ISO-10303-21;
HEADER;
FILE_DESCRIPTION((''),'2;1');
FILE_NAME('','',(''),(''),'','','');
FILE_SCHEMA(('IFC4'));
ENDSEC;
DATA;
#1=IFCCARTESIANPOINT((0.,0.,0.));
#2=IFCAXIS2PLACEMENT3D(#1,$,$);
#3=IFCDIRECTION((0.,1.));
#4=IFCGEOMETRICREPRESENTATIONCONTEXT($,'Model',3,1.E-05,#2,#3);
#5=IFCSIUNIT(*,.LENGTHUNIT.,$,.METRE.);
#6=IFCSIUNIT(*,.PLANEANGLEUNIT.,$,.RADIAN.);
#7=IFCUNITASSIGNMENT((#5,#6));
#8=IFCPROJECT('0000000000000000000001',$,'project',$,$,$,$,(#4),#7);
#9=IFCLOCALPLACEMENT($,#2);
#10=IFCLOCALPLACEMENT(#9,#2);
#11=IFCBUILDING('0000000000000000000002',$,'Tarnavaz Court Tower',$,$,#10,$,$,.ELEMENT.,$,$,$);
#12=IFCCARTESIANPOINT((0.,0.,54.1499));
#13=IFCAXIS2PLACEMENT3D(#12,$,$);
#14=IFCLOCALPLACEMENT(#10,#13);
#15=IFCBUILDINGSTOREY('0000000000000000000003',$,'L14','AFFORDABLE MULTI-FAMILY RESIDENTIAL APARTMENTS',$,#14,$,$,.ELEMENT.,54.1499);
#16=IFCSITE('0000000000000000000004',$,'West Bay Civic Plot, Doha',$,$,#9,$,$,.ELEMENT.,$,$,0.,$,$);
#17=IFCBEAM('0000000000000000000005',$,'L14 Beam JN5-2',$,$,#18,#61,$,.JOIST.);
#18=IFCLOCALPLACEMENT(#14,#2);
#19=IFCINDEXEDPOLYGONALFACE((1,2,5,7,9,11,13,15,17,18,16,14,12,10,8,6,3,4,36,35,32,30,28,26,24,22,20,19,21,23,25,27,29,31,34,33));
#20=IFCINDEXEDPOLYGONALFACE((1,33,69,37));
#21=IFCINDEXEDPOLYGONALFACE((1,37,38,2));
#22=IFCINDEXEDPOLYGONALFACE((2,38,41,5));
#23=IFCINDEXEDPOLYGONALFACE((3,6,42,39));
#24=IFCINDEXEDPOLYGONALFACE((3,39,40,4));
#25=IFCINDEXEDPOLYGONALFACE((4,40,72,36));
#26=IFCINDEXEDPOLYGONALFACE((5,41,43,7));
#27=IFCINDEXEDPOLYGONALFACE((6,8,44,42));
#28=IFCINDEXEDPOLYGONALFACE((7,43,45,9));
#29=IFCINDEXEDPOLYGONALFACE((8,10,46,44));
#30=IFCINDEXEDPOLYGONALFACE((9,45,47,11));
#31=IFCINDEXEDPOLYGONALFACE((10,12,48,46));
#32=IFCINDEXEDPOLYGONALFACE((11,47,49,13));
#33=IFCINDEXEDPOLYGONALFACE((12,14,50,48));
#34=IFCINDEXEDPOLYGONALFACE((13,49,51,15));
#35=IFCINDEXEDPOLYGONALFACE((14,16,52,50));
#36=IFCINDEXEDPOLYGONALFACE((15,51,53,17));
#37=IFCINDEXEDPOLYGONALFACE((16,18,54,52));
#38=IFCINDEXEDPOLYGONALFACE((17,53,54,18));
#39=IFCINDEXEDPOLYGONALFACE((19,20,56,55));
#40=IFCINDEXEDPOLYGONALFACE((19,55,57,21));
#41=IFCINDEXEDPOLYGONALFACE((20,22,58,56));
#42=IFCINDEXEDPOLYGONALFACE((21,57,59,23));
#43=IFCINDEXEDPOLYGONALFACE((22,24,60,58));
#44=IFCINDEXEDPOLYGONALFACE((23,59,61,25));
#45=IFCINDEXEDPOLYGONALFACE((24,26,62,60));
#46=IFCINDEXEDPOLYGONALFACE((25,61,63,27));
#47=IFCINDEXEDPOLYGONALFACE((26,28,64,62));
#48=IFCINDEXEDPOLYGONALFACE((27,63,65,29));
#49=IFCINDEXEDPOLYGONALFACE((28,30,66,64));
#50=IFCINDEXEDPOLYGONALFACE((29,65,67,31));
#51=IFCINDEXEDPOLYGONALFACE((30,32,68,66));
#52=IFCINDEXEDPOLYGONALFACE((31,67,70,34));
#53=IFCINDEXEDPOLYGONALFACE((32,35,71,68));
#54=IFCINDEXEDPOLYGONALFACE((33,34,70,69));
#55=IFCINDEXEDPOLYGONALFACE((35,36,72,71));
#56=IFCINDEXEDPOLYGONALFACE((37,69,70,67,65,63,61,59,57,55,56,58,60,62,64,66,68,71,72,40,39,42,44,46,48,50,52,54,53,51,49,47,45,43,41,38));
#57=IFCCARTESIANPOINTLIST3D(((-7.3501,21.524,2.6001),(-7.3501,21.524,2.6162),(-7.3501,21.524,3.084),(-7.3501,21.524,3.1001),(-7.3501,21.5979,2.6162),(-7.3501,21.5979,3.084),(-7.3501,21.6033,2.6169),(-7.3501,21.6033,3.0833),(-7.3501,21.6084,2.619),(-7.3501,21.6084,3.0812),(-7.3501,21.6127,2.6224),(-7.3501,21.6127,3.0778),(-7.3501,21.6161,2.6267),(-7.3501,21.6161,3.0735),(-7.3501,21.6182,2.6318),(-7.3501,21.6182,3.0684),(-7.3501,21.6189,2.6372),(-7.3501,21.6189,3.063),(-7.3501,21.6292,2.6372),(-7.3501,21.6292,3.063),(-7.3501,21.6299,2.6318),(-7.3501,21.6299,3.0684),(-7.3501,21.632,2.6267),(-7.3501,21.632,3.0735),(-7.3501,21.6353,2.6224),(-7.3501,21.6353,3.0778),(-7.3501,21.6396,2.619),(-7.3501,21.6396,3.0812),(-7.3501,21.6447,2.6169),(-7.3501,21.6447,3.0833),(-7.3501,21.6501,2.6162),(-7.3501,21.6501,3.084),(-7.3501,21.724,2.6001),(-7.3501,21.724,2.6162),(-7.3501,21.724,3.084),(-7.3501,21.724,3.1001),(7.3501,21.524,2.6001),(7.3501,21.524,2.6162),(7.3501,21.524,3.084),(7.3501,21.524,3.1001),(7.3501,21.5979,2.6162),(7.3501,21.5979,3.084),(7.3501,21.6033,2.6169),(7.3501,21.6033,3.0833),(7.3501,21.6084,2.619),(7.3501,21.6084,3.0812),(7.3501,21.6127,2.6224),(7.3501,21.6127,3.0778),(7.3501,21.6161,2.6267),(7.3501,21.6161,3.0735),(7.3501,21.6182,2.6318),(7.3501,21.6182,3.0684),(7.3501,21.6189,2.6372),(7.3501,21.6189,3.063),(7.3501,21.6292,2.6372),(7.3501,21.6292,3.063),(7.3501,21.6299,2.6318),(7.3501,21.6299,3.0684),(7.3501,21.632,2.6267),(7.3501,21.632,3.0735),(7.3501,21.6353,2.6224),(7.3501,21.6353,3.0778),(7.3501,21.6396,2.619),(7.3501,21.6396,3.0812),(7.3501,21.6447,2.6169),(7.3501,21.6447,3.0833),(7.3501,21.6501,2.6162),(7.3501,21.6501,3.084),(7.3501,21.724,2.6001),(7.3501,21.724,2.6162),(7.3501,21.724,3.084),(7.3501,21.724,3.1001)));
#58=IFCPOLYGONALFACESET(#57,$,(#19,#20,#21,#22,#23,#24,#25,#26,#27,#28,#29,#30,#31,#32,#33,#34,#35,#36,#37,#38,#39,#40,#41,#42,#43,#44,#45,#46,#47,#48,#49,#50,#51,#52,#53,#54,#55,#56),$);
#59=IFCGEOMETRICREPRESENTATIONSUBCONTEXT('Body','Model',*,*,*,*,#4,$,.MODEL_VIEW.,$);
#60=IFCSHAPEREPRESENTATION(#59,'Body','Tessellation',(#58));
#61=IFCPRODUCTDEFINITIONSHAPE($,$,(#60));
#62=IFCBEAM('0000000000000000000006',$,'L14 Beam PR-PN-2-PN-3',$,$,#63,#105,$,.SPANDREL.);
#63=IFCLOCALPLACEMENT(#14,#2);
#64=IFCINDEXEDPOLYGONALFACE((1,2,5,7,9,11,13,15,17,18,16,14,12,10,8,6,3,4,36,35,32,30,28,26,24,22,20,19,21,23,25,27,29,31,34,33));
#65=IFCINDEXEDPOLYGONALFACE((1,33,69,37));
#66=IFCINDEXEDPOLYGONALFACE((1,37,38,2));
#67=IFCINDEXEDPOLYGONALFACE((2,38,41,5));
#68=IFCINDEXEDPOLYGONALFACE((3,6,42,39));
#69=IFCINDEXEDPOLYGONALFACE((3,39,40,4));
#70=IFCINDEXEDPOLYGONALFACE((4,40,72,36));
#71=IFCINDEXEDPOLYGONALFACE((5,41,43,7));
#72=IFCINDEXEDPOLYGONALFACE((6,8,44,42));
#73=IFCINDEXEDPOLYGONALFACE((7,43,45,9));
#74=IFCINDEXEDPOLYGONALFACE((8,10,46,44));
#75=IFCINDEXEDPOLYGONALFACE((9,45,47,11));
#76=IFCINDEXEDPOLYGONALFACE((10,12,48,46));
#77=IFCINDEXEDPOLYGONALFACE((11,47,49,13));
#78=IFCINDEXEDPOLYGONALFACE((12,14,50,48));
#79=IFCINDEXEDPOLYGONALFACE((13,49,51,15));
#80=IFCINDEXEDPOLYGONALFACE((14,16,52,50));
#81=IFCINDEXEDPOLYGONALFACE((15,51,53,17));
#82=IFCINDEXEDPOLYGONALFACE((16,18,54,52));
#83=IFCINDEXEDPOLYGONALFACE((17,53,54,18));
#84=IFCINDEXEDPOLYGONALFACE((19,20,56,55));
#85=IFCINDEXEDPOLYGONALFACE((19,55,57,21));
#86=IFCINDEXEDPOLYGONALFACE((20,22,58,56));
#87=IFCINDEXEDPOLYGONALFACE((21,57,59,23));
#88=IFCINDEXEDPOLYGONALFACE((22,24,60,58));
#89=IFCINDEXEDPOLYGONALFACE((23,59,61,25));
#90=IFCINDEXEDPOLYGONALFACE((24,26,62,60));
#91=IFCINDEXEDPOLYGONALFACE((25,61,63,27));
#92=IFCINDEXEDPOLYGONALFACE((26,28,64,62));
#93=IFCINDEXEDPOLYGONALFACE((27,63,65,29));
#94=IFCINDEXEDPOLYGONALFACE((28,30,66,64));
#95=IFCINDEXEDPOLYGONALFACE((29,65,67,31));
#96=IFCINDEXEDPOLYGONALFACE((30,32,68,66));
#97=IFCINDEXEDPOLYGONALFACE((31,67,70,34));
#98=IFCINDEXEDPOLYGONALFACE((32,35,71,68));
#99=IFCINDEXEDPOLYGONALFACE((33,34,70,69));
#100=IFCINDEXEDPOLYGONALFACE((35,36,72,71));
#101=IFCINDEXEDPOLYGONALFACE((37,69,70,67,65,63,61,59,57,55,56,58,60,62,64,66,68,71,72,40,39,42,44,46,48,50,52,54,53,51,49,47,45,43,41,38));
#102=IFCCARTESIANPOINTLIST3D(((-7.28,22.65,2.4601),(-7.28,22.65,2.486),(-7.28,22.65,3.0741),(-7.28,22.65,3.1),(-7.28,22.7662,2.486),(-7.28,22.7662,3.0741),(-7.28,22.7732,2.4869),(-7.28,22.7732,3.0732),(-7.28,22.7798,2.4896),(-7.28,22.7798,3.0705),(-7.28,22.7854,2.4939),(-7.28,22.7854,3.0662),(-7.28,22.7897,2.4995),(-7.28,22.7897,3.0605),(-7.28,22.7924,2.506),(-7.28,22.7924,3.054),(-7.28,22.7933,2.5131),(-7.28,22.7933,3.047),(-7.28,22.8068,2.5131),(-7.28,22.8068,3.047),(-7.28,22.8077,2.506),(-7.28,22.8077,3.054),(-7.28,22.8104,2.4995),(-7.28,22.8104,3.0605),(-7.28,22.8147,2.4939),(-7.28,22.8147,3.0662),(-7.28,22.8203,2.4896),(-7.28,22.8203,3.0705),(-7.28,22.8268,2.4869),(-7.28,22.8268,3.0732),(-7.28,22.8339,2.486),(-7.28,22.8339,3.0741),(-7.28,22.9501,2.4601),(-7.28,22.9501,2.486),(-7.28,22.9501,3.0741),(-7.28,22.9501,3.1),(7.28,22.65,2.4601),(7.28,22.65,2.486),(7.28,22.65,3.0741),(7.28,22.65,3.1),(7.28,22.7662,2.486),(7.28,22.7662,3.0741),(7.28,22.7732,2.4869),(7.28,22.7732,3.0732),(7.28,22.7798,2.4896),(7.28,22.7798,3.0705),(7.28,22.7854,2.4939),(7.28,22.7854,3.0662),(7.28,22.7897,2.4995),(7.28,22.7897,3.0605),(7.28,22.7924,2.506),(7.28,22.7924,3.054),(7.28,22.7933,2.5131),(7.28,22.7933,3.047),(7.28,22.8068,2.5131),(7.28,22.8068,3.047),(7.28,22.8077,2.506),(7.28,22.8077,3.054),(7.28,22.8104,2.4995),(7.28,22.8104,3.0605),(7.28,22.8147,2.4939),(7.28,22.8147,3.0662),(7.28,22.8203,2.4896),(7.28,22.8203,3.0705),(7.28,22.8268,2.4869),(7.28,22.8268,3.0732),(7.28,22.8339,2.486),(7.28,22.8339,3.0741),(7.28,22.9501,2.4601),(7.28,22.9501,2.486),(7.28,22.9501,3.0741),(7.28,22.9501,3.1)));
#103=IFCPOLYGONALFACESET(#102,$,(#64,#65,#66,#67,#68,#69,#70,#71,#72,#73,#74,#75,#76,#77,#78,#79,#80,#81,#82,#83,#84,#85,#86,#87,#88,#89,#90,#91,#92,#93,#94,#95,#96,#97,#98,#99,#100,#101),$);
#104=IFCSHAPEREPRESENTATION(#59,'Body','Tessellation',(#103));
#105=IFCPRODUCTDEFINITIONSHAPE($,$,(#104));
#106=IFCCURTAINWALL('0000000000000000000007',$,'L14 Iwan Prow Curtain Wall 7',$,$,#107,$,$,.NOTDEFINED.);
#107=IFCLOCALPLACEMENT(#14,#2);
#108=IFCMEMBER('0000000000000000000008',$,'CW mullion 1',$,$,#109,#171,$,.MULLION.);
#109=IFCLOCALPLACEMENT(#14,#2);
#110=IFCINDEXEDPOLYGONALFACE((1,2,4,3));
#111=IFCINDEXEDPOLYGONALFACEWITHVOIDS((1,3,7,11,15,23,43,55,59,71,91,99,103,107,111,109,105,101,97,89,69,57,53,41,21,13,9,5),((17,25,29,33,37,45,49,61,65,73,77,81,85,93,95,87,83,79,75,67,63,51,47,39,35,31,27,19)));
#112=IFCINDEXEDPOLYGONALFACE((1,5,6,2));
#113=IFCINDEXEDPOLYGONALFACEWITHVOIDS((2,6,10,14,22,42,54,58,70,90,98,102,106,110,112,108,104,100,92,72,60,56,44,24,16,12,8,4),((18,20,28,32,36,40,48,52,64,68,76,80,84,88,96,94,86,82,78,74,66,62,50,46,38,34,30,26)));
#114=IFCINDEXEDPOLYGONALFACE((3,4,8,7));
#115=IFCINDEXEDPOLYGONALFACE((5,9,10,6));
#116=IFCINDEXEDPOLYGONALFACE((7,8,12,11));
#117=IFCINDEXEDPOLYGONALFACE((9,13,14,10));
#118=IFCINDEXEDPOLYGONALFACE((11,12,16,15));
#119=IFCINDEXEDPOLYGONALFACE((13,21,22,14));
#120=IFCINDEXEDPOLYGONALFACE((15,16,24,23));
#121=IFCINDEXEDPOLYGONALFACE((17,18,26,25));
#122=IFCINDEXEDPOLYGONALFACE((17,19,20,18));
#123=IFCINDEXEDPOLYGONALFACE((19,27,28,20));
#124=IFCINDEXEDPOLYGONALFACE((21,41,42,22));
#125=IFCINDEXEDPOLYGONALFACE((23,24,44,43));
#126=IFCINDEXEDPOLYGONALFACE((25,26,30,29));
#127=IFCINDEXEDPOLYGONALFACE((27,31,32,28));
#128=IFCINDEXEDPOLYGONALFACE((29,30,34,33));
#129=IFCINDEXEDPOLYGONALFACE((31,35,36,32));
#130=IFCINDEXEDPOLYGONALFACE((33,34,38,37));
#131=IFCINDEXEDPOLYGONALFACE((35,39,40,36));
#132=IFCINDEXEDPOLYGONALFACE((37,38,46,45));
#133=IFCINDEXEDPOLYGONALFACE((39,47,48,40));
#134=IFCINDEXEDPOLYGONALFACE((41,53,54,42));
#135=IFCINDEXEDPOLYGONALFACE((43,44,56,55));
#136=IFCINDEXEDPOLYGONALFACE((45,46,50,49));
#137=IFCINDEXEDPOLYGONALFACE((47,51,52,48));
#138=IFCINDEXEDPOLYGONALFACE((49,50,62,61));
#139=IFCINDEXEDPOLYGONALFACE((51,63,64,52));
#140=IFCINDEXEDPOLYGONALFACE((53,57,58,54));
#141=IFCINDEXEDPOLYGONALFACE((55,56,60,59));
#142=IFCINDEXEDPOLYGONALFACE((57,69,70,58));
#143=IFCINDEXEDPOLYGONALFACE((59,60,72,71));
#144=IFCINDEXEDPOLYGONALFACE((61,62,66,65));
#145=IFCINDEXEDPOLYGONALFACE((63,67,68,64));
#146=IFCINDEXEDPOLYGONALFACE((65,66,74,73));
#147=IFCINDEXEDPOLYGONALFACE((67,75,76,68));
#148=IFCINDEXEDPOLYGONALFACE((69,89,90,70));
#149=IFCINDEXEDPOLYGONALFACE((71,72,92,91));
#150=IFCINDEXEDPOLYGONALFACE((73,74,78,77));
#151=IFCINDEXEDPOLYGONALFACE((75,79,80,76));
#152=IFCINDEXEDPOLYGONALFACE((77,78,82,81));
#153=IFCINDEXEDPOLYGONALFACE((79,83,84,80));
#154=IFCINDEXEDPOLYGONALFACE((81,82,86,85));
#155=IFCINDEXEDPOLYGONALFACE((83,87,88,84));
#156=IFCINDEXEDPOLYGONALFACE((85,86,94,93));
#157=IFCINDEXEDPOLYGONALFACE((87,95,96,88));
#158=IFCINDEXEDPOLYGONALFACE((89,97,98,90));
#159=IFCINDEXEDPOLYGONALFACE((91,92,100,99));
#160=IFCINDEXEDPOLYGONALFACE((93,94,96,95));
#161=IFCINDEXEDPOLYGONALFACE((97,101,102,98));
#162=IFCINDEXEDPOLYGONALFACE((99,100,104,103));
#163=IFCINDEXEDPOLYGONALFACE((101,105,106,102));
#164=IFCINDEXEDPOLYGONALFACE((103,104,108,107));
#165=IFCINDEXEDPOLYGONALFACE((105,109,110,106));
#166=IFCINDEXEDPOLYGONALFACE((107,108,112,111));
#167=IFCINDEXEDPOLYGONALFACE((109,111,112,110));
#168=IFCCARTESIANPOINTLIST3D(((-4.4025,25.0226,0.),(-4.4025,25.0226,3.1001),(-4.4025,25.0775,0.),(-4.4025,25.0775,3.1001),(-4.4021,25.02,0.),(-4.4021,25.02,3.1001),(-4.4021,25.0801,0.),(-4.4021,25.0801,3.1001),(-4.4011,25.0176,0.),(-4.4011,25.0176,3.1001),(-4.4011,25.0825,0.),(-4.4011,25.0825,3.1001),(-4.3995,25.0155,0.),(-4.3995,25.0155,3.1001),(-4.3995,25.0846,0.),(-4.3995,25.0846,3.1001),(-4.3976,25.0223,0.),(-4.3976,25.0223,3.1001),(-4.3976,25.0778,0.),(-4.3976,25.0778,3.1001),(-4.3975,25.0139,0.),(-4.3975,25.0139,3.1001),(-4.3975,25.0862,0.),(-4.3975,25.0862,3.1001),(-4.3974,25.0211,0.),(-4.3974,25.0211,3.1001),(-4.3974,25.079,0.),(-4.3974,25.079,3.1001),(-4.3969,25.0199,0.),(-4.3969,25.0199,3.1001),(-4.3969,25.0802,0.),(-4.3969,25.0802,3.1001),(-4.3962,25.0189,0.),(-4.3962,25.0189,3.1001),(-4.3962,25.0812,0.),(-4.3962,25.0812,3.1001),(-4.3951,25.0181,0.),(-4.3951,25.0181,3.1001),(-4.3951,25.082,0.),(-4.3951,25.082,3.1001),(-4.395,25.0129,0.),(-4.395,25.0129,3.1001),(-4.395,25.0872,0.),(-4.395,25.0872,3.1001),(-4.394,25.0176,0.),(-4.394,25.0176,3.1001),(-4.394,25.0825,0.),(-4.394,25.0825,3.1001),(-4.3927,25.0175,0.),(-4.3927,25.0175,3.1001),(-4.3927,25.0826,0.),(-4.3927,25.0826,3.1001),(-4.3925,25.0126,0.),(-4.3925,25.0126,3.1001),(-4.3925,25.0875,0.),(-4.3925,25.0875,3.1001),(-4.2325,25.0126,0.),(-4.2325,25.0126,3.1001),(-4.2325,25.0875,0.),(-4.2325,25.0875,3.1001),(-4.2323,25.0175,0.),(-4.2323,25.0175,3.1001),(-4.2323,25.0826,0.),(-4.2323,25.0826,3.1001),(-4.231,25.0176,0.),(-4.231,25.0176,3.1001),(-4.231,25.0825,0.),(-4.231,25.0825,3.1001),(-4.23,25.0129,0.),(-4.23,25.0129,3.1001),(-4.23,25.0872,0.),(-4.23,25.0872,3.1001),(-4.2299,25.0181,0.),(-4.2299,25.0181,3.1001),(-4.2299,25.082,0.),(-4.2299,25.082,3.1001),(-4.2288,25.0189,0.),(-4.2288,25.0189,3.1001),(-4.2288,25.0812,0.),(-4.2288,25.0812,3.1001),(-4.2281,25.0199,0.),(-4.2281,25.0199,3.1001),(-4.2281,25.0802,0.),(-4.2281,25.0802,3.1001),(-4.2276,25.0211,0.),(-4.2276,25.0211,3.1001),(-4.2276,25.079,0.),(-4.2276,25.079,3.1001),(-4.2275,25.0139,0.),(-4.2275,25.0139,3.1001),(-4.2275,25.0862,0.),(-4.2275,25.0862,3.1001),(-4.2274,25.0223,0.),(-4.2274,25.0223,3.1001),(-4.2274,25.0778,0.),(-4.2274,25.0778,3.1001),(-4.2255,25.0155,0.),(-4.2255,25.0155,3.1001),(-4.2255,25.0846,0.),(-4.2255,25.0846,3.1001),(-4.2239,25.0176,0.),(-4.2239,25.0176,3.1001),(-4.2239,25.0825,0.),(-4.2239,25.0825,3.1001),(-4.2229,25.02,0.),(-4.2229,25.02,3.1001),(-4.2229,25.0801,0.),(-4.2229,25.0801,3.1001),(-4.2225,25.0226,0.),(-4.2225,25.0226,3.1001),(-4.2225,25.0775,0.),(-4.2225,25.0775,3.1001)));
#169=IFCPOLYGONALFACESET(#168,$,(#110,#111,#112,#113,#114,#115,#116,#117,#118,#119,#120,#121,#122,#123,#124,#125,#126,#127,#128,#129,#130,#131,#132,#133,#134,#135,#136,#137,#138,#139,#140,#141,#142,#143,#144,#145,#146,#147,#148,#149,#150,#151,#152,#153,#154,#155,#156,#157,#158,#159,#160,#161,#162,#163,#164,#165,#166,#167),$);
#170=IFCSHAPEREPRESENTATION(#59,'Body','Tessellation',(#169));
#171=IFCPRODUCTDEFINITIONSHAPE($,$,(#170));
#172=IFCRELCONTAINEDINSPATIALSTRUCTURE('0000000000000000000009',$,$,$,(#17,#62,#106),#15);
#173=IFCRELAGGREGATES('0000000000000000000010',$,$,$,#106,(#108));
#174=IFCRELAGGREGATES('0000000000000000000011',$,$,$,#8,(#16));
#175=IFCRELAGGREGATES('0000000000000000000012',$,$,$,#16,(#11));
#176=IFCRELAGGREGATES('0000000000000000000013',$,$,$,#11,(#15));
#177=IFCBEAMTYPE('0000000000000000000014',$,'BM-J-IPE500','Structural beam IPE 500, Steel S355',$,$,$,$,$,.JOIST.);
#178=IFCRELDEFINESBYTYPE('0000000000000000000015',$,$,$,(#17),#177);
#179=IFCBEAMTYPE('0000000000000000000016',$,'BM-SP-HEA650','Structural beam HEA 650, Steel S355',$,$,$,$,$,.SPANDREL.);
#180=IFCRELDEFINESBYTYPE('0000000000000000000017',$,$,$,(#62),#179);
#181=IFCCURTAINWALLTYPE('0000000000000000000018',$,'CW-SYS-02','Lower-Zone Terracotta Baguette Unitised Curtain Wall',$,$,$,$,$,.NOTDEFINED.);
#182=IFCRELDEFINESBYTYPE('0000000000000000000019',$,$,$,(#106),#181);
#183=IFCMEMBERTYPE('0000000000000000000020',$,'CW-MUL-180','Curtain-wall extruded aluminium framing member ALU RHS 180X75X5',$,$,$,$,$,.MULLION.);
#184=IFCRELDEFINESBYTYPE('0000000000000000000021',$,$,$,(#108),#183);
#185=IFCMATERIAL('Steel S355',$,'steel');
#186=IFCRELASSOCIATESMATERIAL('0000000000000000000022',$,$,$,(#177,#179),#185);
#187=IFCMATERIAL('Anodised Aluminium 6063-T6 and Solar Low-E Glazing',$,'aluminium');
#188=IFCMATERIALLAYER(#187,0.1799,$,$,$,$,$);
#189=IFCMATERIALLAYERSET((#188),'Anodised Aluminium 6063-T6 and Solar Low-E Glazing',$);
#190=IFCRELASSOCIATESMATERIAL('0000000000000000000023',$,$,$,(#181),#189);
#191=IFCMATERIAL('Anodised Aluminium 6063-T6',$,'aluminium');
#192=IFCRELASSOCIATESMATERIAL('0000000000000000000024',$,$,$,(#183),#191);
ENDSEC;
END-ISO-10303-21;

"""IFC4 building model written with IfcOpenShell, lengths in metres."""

from ifc_helpers import new_model, si_unit, direction, frame, origin, origin_2d, place, context, subcontext, project, spatial, hollow_rectangle, i_section, extrude, material, layer, layer_set, material_profile, profile_set, type_object, element, aggregate, save


model = new_model("IFC4")

# Units and contexts
model_context = context("Model", 3, precision=1e-05, world=origin(), true_north=direction((0.0, 1.0)))
body_context = subcontext(model_context, "Body", "Model", "MODEL_VIEW")
ifc_project = project(units=[si_unit("LENGTHUNIT", "METRE"), si_unit("PLANEANGLEUNIT", "RADIAN")], contexts=[model_context])

# Site, building, storey
site_placement = place(None, origin())
site = spatial("IfcSite", under=ifc_project, at=site_placement, Name="West Bay Civic Plot, Doha", CompositionType="ELEMENT", RefElevation=0.0)
building_placement = place(site_placement, origin())
building = spatial("IfcBuilding", under=site, at=building_placement, Name="Tarnavaz Court Tower", CompositionType="ELEMENT")
storey_placement = place(building_placement, frame((0.0, 0.0, 54.1499)))
storey = spatial("IfcBuildingStorey", under=building, at=storey_placement, Name="L14", Description="AFFORDABLE MULTI-FAMILY RESIDENTIAL APARTMENTS", CompositionType="ELEMENT", Elevation=54.1499)

# Beams
ifc_material_1 = material(Name="Steel S355", Category="steel")
ifc_material_profile_1 = material_profile(ifc_material_1, i_section(OverallWidth=0.2, OverallDepth=0.5, WebThickness=0.0103, FlangeThickness=0.0161, FilletRadius=0.021, at=origin_2d()), Name="IPE 500")
ifc_profile_set_1 = profile_set([ifc_material_profile_1], Name="Steel S355")
beam_type_1 = type_object("IfcBeamType", Name="BM-J-IPE500", Description="Structural beam IPE 500, Steel S355", PredefinedType="JOIST", material=ifc_profile_set_1)
for number, where, z_axis, x_axis, name in (
    (1, (-7.3501, 21.624, 2.8501), (1.0, 0.0, 0.0), (0.0, 1.0, 0.0), "L14 Beam JN5-2"),
):
    element("IfcBeam", number, at=place(storey_placement, frame(where, z_axis=z_axis, x_axis=x_axis)), inside=storey, type_object=beam_type_1, Name=name, PredefinedType="JOIST", context=body_context, shape_type="SweptSolid", body=[
        extrude(i_section(OverallWidth=0.2, OverallDepth=0.5, WebThickness=0.0103, FlangeThickness=0.0161, FilletRadius=0.021, at=origin_2d()), origin(), (0.0, 0.0, 1.0), 14.7002),
    ])
ifc_material_profile_2 = material_profile(ifc_material_1, i_section(OverallWidth=0.3, OverallDepth=0.6399, WebThickness=0.0134, FlangeThickness=0.0259, FilletRadius=0.0271, at=origin_2d()), Name="HEA 650")
ifc_profile_set_2 = profile_set([ifc_material_profile_2], Name="Steel S355")
beam_type_2 = type_object("IfcBeamType", Name="BM-SP-HEA650", Description="Structural beam HEA 650, Steel S355", PredefinedType="SPANDREL", material=ifc_profile_set_2)
beam_placement = place(storey_placement, frame((-7.28, 22.8, 2.78), z_axis=(1.0, 0.0, 0.0), x_axis=(0.0, 1.0, 0.0)))
element("IfcBeam", 2, at=beam_placement, inside=storey, type_object=beam_type_2, Name="L14 Beam PR-PN-2-PN-3", PredefinedType="SPANDREL", context=body_context, shape_type="SweptSolid", body=[
    extrude(i_section(OverallWidth=0.3, OverallDepth=0.6399, WebThickness=0.0134, FlangeThickness=0.0259, FilletRadius=0.0271, at=origin_2d()), origin(), (0.0, 0.0, 1.0), 14.5601),
])

# Curtain wall, member
ifc_material_2 = material(Name="Anodised Aluminium 6063-T6 and Solar Low-E Glazing", Category="aluminium")
ifc_layer_1 = layer(ifc_material_2, 0.1799)
ifc_layer_set_1 = layer_set([ifc_layer_1], Name="Anodised Aluminium 6063-T6 and Solar Low-E Glazing")
curtain_wall_type = type_object("IfcCurtainWallType", Name="CW-SYS-02", Description="Lower-Zone Terracotta Baguette Unitised Curtain Wall", PredefinedType="NOTDEFINED", material=ifc_layer_set_1)
curtain_wall_placement = place(storey_placement, origin())
curtain_wall = element("IfcCurtainWall", 3, at=curtain_wall_placement, inside=storey, type_object=curtain_wall_type, Name="L14 Iwan Prow Curtain Wall 7", PredefinedType="NOTDEFINED")
ifc_material_3 = material(Name="Anodised Aluminium 6063-T6", Category="aluminium")
ifc_material_profile_3 = material_profile(ifc_material_3, hollow_rectangle(XDim=0.075, YDim=0.1799, WallThickness=0.0049, InnerFilletRadius=0.0049, OuterFilletRadius=0.01, at=origin_2d()), Name="ALU RHS 180X75X5")
ifc_profile_set_3 = profile_set([ifc_material_profile_3], Name="Anodised Aluminium 6063-T6")
member_type_1 = type_object("IfcMemberType", Name="CW-MUL-180", Description="Curtain-wall extruded aluminium framing member ALU RHS 180X75X5", PredefinedType="MULLION", material=ifc_profile_set_3)
member_1_placement = place(storey_placement, frame((-4.3125, 25.05, 0.0), z_axis=(0.0, 0.0, 1.0), x_axis=(0.0, 1.0, 0.0)))
member_1 = element("IfcMember", 4, at=member_1_placement, type_object=member_type_1, Name="CW mullion 1", PredefinedType="MULLION", context=body_context, shape_type="SweptSolid", body=[
    extrude(hollow_rectangle(XDim=0.075, YDim=0.1799, WallThickness=0.0049, InnerFilletRadius=0.0049, OuterFilletRadius=0.01, at=origin_2d()), origin(), (0.0, 0.0, 1.0), 3.1001),
])
aggregate(curtain_wall, [member_1])

save(model, "model.ifc")
